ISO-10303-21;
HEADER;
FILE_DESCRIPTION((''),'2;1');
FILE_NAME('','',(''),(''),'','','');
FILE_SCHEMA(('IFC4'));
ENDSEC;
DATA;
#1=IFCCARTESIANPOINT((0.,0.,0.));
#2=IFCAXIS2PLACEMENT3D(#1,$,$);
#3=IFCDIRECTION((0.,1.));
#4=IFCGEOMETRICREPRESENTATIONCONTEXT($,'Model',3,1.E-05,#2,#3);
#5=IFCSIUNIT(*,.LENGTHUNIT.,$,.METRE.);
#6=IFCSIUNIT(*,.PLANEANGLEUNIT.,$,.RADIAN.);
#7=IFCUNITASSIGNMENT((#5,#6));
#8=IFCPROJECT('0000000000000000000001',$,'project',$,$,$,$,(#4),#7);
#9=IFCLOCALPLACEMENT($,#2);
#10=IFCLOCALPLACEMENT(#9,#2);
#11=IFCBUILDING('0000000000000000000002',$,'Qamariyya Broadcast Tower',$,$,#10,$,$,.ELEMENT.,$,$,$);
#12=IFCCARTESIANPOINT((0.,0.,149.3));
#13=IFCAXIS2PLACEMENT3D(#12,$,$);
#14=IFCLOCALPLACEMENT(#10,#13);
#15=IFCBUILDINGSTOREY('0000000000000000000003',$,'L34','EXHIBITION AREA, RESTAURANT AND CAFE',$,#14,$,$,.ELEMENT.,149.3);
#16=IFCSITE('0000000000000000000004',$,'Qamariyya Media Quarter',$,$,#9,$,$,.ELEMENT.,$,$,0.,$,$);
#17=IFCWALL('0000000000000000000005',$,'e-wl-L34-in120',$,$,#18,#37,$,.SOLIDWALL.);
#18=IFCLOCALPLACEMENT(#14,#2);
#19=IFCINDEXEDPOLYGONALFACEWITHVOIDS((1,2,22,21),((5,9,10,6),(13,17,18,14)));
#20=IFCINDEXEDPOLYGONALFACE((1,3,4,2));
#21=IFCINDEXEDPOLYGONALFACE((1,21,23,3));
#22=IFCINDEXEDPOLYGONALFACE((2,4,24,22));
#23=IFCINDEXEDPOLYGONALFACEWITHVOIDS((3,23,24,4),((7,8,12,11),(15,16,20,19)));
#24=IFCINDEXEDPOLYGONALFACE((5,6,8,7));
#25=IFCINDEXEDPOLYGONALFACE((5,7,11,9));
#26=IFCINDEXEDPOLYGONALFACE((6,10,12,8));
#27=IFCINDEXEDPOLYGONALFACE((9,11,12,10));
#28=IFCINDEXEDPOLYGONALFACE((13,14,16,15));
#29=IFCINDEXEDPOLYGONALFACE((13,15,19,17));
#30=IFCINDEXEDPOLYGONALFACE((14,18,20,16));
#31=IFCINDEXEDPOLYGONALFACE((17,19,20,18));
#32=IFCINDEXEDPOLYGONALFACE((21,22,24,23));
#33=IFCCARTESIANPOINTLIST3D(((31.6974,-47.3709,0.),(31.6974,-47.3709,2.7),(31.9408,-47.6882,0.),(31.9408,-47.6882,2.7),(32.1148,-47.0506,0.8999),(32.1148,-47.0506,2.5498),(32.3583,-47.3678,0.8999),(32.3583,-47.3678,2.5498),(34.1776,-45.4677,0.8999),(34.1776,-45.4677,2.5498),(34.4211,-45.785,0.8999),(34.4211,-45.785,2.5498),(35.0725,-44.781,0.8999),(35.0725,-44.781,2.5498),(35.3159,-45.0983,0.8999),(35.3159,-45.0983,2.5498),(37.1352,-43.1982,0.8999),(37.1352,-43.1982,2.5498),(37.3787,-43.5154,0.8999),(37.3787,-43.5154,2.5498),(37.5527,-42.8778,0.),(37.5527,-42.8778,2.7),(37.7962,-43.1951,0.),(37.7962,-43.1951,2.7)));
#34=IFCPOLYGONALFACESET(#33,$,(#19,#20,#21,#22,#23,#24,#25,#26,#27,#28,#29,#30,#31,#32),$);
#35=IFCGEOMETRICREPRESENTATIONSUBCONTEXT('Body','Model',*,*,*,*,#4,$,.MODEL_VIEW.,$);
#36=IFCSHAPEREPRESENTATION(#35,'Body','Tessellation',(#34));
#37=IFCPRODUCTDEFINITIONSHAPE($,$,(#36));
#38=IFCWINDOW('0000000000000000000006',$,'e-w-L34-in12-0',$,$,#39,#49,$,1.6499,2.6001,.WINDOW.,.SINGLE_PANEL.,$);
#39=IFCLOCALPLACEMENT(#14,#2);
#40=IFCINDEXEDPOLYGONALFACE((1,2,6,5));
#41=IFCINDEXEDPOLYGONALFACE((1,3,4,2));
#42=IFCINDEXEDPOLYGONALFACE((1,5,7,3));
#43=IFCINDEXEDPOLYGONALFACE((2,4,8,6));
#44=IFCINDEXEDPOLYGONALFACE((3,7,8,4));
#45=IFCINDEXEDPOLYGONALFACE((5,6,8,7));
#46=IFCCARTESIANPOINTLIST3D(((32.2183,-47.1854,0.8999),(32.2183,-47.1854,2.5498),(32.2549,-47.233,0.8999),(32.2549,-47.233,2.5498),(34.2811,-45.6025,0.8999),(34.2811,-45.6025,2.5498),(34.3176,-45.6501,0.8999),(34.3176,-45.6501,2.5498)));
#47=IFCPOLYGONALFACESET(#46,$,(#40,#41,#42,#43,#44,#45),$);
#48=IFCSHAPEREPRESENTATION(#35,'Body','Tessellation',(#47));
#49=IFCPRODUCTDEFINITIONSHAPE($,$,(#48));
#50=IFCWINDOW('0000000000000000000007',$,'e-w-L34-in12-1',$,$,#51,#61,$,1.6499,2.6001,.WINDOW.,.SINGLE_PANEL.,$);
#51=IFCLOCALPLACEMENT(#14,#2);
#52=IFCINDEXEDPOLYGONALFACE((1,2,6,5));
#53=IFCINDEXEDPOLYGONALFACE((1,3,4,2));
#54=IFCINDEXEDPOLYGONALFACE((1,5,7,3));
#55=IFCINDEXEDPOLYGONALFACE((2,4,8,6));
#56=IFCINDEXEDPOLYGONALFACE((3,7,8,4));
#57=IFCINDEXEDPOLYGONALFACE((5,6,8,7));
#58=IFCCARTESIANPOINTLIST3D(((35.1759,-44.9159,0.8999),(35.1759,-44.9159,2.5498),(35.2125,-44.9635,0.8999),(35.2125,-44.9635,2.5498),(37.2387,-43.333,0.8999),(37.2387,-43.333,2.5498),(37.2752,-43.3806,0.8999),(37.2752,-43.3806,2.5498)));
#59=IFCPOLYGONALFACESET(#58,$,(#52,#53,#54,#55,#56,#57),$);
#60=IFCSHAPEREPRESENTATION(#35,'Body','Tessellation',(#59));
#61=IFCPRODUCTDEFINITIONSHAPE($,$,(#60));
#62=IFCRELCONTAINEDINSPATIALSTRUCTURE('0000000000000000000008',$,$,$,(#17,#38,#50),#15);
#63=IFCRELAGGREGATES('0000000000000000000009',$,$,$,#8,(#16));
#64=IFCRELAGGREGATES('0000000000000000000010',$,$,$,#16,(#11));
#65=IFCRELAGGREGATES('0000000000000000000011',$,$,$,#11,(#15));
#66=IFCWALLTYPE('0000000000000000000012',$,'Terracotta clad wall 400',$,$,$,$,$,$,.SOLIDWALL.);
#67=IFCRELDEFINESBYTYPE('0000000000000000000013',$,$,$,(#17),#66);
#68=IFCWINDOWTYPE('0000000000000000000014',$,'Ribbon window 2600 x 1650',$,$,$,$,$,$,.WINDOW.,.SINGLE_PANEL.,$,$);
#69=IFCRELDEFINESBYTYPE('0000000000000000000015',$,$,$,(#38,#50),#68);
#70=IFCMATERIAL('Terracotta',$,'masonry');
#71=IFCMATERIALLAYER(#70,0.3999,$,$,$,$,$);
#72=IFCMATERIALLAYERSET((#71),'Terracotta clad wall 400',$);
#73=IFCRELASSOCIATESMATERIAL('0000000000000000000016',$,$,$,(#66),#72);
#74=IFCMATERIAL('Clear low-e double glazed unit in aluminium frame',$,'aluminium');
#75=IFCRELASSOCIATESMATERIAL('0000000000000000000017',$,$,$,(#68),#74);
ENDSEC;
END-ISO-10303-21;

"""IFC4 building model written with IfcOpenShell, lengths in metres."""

from ifc_helpers import new_model, si_unit, direction, frame, frame_2d, origin, place, context, subcontext, project, spatial, rectangle, extrude, material, layer, layer_set, type_object, element, fill, save


model = new_model("IFC4")

# Units and contexts
model_context = context("Model", 3, precision=1e-05, world=origin(), true_north=direction((0.0, 1.0)))
body_context = subcontext(model_context, "Body", "Model", "MODEL_VIEW")
ifc_project = project(units=[si_unit("LENGTHUNIT", "METRE"), si_unit("PLANEANGLEUNIT", "RADIAN")], contexts=[model_context])

# Site, building, storey
site_placement = place(None, origin())
site = spatial("IfcSite", under=ifc_project, at=site_placement, Name="Qamariyya Media Quarter", CompositionType="ELEMENT", RefElevation=0.0)
building_placement = place(site_placement, origin())
building = spatial("IfcBuilding", under=site, at=building_placement, Name="Qamariyya Broadcast Tower", CompositionType="ELEMENT")
storey_placement = place(building_placement, frame((0.0, 0.0, 149.3)))
storey = spatial("IfcBuildingStorey", under=building, at=storey_placement, Name="L34", Description="EXHIBITION AREA, RESTAURANT AND CAFE", CompositionType="ELEMENT", Elevation=149.3)

# Wall, openings, windows
ifc_material_1 = material(Name="Terracotta", Category="masonry")
ifc_layer = layer(ifc_material_1, 0.3999)
ifc_layer_set = layer_set([ifc_layer], Name="Terracotta clad wall 400")
wall_type = type_object("IfcWallType", Name="Terracotta clad wall 400", PredefinedType="SOLIDWALL", material=ifc_layer_set)
wall_placement = place(storey_placement, frame((37.6746, -43.0364, 0.0), z_axis=(0.0, 0.0, 1.0), x_axis=(-0.793346, -0.60877, 0.0)))
wall = element("IfcWall", 1, at=wall_placement, inside=storey, type_object=wall_type, Name="e-wl-L34-in120", PredefinedType="SOLIDWALL", context=body_context, shape_type="SweptSolid", body=[
    extrude(rectangle(XDim=7.3806, YDim=0.3999, at=frame_2d((3.6904, 0.0))), origin(), (0.0, 0.0, 1.0), 2.7),
])
opening_1_placement = place(wall_placement, frame((4.2544, 0.0, 0.8999)))
opening_1 = element("IfcOpeningElement", 2, at=opening_1_placement, cuts=wall, PredefinedType="OPENING", context=body_context, shape_type="SweptSolid", body=[
    extrude(rectangle(XDim=2.6001, YDim=1.6499, at=frame_2d((1.3, 0.825))), frame((0.0, 0.21, 0.0), z_axis=(0.0, -1.0, 0.0), x_axis=(1.0, 0.0, 0.0)), (0.0, 0.0, 1.0), 0.4199),
])
opening_2_placement = place(wall_placement, frame((0.5264, 0.0, 0.8999)))
opening_2 = element("IfcOpeningElement", 3, at=opening_2_placement, cuts=wall, PredefinedType="OPENING", context=body_context, shape_type="SweptSolid", body=[
    extrude(rectangle(XDim=2.6001, YDim=1.6499, at=frame_2d((1.3, 0.825))), frame((0.0, 0.21, 0.0), z_axis=(0.0, -1.0, 0.0), x_axis=(1.0, 0.0, 0.0)), (0.0, 0.0, 1.0), 0.4199),
])
ifc_material_2 = material(Name="Clear low-e double glazed unit in aluminium frame", Category="aluminium")
window_type = type_object("IfcWindowType", Name="Ribbon window 2600 x 1650", PartitioningType="SINGLE_PANEL", PredefinedType="WINDOW", material=ifc_material_2)
window_1_placement = place(opening_1_placement, origin())
window_1 = element("IfcWindow", 4, at=window_1_placement, inside=storey, type_object=window_type, Name="e-w-L34-in12-0", OverallHeight=1.6499, OverallWidth=2.6001, PartitioningType="SINGLE_PANEL", PredefinedType="WINDOW", context=body_context, shape_type="SweptSolid", body=[
    extrude(rectangle(XDim=2.6001, YDim=1.6499, at=frame_2d((1.3, 0.825))), frame((0.0, 0.03, 0.0), z_axis=(0.0, -1.0, 0.0), x_axis=(1.0, 0.0, 0.0)), (0.0, 0.0, 1.0), 0.0601),
])
fill(opening_1, window_1)
window_2_placement = place(opening_2_placement, origin())
window_2 = element("IfcWindow", 5, at=window_2_placement, inside=storey, type_object=window_type, Name="e-w-L34-in12-1", OverallHeight=1.6499, OverallWidth=2.6001, PartitioningType="SINGLE_PANEL", PredefinedType="WINDOW", context=body_context, shape_type="SweptSolid", body=[
    extrude(rectangle(XDim=2.6001, YDim=1.6499, at=frame_2d((1.3, 0.825))), frame((0.0, 0.03, 0.0), z_axis=(0.0, -1.0, 0.0), x_axis=(1.0, 0.0, 0.0)), (0.0, 0.0, 1.0), 0.0601),
])
fill(opening_2, window_2)

save(model, "model.ifc")
